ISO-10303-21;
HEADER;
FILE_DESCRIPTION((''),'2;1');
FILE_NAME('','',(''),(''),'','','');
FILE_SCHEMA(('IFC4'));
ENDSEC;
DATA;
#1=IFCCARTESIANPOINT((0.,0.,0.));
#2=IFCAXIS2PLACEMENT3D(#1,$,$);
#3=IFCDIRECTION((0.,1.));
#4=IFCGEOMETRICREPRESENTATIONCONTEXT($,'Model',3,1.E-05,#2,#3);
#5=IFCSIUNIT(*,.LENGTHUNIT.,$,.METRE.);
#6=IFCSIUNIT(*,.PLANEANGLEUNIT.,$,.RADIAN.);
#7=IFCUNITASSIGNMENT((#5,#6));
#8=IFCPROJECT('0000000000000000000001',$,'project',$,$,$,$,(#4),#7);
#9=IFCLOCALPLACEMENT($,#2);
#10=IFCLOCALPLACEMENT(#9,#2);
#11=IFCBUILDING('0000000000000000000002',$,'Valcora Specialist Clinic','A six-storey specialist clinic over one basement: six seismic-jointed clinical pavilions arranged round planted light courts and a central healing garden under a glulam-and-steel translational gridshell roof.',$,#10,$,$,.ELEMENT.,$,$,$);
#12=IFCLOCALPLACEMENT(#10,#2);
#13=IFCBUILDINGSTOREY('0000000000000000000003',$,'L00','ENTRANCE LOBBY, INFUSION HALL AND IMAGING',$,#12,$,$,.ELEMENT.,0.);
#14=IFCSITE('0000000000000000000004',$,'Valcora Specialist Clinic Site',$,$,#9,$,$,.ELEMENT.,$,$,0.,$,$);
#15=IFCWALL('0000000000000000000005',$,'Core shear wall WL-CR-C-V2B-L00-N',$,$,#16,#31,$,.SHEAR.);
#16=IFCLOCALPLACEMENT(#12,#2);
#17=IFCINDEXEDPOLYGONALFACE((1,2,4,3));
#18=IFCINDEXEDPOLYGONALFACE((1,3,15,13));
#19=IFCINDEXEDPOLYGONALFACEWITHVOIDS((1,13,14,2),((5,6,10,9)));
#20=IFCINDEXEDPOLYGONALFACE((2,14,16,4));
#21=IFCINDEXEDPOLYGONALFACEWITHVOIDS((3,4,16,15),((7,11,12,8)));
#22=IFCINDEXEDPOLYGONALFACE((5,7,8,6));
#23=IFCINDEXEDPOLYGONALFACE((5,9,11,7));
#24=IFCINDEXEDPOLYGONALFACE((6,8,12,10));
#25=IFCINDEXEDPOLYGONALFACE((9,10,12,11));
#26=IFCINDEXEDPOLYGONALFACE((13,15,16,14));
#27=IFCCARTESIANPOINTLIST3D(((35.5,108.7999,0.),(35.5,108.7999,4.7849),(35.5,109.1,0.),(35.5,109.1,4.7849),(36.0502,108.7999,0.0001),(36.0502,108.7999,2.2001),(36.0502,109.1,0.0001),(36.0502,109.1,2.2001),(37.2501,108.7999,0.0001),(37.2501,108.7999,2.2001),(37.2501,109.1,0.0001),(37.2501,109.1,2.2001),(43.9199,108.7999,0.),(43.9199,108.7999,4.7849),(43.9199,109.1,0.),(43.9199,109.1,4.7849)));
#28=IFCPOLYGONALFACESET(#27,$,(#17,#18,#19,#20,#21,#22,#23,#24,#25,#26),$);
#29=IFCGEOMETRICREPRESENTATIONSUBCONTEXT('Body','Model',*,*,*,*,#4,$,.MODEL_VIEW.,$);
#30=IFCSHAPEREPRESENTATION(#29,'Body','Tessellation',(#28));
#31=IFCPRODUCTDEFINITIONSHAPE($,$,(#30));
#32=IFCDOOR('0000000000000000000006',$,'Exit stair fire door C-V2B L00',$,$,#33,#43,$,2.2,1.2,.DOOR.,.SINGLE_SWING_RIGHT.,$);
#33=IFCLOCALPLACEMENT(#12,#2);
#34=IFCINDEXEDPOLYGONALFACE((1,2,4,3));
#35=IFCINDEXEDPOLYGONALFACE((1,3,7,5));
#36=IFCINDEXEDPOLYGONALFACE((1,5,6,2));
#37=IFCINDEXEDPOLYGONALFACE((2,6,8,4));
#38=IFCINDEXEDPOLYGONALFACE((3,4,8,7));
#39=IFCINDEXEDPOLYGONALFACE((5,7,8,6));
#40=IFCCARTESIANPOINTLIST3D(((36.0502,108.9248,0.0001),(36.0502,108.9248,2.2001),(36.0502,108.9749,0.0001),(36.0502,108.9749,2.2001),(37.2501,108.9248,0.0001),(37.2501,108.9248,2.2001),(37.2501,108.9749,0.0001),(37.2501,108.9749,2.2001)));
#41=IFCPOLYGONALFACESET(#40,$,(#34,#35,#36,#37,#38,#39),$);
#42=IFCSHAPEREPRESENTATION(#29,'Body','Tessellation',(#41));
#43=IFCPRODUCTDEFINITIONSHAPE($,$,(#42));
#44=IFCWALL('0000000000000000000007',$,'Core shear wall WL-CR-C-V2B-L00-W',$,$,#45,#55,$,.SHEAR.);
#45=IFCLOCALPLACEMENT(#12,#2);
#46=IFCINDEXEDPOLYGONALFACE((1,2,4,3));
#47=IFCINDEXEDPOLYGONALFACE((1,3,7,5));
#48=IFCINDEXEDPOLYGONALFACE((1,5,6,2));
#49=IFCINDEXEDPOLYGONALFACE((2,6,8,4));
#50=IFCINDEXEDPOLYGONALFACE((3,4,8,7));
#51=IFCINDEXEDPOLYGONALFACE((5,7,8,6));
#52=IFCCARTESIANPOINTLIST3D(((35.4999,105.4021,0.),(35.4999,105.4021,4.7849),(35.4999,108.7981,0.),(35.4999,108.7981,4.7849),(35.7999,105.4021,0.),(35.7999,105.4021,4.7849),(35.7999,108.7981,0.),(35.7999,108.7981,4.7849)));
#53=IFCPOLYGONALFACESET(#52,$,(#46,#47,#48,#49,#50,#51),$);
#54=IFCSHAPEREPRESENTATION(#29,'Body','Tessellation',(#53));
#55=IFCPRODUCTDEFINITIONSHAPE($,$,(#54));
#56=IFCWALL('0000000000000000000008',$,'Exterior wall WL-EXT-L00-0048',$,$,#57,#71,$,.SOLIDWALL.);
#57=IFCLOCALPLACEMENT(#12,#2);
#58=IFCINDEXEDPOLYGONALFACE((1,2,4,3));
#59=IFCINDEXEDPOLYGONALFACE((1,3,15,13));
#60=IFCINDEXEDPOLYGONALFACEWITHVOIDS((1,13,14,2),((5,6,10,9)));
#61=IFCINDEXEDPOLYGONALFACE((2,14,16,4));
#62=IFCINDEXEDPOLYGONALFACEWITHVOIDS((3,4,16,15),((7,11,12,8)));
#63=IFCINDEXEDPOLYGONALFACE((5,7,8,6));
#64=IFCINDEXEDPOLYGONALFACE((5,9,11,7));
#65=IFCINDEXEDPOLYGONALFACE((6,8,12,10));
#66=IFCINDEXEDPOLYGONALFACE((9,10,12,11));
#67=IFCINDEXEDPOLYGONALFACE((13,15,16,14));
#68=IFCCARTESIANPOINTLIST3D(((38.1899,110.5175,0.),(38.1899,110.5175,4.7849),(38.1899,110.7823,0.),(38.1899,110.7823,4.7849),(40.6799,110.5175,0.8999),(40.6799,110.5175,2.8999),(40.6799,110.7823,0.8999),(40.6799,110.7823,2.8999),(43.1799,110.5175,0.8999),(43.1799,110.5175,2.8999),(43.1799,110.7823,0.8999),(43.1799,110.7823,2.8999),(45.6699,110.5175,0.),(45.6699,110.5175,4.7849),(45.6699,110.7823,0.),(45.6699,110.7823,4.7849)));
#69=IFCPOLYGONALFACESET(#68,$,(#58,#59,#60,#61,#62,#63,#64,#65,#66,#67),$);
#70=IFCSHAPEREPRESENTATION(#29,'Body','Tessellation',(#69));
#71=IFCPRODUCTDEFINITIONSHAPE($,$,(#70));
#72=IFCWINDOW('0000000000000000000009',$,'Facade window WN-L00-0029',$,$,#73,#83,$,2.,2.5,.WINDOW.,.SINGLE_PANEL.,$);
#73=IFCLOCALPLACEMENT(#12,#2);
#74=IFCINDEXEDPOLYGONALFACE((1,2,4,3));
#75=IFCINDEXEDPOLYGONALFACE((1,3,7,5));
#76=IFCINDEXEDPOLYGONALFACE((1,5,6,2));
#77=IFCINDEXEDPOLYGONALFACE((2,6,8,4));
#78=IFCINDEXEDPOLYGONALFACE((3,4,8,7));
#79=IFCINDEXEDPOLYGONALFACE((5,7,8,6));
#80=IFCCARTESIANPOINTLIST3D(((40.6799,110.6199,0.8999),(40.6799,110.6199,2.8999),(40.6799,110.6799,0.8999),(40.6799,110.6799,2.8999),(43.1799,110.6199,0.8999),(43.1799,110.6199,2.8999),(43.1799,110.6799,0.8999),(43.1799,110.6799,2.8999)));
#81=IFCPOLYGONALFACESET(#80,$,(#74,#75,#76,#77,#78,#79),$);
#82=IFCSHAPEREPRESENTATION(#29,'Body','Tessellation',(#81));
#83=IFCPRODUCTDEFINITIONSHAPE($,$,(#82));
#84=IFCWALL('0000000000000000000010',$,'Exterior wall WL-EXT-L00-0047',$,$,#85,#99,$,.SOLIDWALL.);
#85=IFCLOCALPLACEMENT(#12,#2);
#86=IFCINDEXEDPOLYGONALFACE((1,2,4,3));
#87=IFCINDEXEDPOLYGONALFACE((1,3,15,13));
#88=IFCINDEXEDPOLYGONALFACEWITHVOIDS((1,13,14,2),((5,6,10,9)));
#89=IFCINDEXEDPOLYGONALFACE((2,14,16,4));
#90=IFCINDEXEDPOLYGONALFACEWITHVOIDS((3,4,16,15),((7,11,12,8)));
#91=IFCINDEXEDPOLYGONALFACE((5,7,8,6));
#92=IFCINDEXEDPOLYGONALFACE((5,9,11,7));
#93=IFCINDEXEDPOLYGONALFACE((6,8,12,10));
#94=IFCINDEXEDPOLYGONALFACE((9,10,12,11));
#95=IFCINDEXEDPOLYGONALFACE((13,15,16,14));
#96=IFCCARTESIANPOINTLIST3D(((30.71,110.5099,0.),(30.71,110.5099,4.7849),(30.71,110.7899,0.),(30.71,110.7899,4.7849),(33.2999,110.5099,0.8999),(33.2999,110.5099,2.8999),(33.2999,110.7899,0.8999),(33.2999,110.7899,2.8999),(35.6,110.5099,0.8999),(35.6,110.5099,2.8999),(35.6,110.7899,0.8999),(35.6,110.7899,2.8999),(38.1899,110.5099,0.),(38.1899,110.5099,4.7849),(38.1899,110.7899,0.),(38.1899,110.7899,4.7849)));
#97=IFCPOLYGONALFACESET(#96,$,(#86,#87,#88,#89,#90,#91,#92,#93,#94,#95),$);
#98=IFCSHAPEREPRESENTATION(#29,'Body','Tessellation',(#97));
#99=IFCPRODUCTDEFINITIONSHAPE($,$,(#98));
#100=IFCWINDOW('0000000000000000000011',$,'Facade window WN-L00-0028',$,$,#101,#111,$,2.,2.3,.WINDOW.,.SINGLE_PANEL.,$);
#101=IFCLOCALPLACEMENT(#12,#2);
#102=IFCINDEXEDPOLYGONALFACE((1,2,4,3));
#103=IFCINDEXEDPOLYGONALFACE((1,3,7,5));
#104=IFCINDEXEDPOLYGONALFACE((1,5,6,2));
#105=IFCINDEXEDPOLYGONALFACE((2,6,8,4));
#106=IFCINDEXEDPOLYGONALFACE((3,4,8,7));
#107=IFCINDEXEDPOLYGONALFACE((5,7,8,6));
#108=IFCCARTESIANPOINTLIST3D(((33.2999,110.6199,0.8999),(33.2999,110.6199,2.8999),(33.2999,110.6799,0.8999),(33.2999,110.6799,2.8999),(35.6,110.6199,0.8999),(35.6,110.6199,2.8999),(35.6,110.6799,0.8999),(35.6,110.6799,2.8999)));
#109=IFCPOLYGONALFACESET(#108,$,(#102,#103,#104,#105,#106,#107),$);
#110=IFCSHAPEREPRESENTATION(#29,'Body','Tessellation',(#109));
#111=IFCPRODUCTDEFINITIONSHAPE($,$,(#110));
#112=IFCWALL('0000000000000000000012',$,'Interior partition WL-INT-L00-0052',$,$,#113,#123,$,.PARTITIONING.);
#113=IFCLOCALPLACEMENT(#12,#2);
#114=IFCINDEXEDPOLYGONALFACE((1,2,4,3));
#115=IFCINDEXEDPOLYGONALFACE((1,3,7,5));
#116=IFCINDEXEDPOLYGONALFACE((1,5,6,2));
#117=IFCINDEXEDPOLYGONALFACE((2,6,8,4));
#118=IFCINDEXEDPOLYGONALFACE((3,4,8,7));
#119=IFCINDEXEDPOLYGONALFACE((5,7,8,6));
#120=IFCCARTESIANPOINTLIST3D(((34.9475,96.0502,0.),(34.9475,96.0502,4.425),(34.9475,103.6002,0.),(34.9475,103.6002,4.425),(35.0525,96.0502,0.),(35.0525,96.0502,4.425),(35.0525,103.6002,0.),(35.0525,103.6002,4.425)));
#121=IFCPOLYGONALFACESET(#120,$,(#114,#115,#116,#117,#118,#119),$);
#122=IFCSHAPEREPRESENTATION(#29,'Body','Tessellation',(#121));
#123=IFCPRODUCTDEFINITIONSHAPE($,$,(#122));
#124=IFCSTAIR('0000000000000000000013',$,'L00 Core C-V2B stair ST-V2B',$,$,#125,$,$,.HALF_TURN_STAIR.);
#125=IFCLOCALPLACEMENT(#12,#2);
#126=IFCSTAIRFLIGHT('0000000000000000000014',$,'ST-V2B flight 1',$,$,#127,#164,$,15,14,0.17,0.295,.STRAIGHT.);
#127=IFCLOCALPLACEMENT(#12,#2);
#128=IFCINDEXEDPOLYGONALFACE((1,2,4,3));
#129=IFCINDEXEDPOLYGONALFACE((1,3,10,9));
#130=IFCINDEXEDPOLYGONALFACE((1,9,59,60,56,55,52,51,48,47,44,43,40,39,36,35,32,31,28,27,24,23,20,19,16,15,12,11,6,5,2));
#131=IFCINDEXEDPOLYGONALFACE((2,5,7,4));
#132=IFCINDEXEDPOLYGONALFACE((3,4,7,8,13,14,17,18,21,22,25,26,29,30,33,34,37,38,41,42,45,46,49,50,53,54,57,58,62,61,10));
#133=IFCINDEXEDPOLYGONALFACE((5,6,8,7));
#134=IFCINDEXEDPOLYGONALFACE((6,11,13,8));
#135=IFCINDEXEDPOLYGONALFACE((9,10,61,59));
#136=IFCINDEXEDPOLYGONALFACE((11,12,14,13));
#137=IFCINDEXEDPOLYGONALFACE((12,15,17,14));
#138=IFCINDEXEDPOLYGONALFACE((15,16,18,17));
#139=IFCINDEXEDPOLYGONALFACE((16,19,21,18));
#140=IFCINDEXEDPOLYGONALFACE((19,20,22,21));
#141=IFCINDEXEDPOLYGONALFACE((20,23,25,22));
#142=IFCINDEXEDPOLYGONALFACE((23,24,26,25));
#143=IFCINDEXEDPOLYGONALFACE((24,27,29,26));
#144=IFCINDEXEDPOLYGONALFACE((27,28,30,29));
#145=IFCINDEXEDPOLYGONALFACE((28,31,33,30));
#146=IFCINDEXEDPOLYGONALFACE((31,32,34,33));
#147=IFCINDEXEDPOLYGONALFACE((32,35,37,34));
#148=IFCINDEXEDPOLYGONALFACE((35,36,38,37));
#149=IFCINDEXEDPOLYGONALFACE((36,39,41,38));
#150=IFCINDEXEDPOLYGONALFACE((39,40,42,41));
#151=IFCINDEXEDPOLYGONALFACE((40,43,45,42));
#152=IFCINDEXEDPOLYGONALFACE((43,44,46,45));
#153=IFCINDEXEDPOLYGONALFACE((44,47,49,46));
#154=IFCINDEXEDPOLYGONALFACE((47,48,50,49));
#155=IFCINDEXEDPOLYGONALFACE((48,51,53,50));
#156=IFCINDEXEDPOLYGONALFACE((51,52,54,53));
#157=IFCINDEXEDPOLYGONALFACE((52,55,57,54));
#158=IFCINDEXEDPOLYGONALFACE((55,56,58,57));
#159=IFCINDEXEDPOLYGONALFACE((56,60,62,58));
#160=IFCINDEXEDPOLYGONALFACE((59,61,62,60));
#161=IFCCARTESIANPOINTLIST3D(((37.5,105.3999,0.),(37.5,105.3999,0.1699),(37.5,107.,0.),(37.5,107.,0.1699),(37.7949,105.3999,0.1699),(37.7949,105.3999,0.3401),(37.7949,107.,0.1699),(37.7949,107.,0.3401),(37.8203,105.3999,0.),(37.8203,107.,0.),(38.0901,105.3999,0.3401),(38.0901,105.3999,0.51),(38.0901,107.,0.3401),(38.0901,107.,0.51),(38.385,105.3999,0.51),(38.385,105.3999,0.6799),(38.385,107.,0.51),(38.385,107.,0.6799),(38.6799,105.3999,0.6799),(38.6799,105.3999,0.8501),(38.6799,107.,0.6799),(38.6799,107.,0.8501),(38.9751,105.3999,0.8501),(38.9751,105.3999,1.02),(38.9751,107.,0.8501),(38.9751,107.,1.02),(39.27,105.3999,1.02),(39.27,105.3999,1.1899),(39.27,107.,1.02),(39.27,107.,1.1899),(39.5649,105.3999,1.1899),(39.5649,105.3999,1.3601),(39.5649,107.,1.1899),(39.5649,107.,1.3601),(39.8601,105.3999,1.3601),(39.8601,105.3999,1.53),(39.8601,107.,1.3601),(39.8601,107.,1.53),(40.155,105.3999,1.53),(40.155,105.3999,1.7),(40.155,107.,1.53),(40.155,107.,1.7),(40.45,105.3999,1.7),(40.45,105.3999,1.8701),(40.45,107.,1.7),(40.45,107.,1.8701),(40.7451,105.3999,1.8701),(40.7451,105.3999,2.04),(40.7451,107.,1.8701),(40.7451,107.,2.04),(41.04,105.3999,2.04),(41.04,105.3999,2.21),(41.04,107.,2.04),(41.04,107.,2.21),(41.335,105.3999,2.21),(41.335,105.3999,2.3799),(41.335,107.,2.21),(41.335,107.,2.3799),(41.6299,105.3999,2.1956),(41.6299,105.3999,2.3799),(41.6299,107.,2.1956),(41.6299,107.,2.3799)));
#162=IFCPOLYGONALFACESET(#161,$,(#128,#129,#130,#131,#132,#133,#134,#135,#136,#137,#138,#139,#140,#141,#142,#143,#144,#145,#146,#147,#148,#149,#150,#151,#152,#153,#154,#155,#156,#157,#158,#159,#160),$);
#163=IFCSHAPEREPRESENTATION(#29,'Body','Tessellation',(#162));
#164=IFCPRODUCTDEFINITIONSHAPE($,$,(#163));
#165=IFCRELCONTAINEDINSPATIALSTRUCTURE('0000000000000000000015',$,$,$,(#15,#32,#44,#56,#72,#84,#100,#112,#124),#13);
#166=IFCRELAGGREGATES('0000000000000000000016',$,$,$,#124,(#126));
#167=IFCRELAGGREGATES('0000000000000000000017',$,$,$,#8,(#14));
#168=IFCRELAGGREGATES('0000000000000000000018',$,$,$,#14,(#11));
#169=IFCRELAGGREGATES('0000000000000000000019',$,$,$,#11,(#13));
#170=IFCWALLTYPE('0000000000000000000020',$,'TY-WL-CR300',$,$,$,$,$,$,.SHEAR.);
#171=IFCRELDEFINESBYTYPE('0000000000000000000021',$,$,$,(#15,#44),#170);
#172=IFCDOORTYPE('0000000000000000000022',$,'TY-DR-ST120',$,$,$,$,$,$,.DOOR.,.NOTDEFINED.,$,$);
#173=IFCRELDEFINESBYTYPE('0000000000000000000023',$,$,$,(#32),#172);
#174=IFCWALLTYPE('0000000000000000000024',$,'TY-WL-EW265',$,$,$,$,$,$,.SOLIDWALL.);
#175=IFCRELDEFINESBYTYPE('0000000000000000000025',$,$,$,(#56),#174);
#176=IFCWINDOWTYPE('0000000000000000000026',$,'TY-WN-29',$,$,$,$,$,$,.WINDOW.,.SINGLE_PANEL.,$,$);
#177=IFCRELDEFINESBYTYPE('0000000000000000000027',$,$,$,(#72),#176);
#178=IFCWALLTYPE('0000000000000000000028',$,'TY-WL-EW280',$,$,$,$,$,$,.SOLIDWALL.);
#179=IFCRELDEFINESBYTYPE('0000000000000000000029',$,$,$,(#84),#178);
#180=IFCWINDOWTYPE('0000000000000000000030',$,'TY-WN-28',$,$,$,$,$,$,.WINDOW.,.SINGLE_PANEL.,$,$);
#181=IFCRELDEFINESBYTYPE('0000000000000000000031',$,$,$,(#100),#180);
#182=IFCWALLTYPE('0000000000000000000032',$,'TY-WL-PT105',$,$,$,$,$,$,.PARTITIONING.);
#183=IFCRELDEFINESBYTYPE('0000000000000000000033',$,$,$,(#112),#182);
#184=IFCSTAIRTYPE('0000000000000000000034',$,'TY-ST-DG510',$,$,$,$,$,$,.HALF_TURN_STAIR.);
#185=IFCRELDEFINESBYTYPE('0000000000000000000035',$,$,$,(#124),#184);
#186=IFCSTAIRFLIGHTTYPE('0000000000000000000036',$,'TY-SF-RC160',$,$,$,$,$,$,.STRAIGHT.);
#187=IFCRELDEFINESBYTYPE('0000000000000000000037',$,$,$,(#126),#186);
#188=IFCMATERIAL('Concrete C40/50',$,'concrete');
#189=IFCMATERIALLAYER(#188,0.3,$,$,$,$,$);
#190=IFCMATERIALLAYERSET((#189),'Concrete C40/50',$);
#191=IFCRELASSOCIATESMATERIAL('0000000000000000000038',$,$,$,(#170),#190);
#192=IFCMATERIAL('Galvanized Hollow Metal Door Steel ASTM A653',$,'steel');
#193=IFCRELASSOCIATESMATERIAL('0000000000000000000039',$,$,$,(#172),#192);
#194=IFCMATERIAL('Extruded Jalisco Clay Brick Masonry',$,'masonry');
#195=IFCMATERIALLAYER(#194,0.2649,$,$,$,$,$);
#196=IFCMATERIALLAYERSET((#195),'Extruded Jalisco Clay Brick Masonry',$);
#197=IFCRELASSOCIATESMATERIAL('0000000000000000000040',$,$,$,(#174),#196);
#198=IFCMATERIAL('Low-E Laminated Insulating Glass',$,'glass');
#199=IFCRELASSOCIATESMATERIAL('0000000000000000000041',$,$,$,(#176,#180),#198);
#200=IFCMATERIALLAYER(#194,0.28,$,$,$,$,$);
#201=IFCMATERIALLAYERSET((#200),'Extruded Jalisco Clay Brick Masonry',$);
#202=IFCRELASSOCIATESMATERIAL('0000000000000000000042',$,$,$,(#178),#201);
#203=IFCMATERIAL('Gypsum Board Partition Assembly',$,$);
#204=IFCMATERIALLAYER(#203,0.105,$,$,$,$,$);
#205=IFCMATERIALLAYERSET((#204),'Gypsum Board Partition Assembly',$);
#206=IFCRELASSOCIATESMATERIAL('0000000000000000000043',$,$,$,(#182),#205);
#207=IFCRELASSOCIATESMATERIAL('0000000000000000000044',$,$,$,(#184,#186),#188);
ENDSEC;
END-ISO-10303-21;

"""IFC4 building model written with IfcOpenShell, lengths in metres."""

from ifc_helpers import new_model, si_unit, direction, frame, frame_2d, origin, place, context, subcontext, project, spatial, polyline, rectangle, outline, extrude, material, layer, layer_set, type_object, element, fill, aggregate, save


model = new_model("IFC4")

# Units and contexts
model_context = context("Model", 3, precision=1e-05, world=origin(), true_north=direction((0.0, 1.0)))
body_context = subcontext(model_context, "Body", "Model", "MODEL_VIEW")
ifc_project = project(units=[si_unit("LENGTHUNIT", "METRE"), si_unit("PLANEANGLEUNIT", "RADIAN")], contexts=[model_context])

# Site, building, storey
site_placement = place(None, origin())
site = spatial("IfcSite", under=ifc_project, at=site_placement, Name="Valcora Specialist Clinic Site", CompositionType="ELEMENT", RefElevation=0.0)
building_placement = place(site_placement, origin())
building = spatial("IfcBuilding", under=site, at=building_placement, Name="Valcora Specialist Clinic", Description="A six-storey specialist clinic over one basement: six seismic-jointed clinical pavilions arranged round planted light courts and a central healing garden under a glulam-and-steel translational gridshell roof.", CompositionType="ELEMENT")
storey_placement = place(building_placement, origin())
storey = spatial("IfcBuildingStorey", under=building, at=storey_placement, Name="L00", Description="ENTRANCE LOBBY, INFUSION HALL AND IMAGING", CompositionType="ELEMENT", Elevation=0.0)

# Shared definitions
ifc_material_1 = material(Name="Concrete C40/50", Category="concrete")

# Shared definitions
ifc_layer_1 = layer(ifc_material_1, 0.3)
ifc_layer_set_1 = layer_set([ifc_layer_1], Name="Concrete C40/50")
wall_type_1 = type_object("IfcWallType", Name="TY-WL-CR300", PredefinedType="SHEAR", material=ifc_layer_set_1)

# Wall, opening, door
wall_1_placement = place(storey_placement, frame((35.5, 108.95, 0.0), z_axis=(0.0, 0.0, 1.0), x_axis=(1.0, 0.0, 0.0)))
wall_1 = element("IfcWall", 1, at=wall_1_placement, inside=storey, type_object=wall_type_1, Name="Core shear wall WL-CR-C-V2B-L00-N", PredefinedType="SHEAR", context=body_context, shape_type="SweptSolid", body=[
    extrude(rectangle(XDim=8.4199, YDim=0.3, at=frame_2d((4.21, 0.0))), origin(), (0.0, 0.0, 1.0), 4.7849),
])
opening_1_placement = place(wall_1_placement, frame((0.55, 0.0, 0.0)))
opening_1 = element("IfcOpeningElement", 2, at=opening_1_placement, cuts=wall_1, PredefinedType="OPENING", context=body_context, shape_type="SweptSolid", body=[
    extrude(rectangle(XDim=1.2, YDim=2.2, at=frame_2d((0.6001, 1.1001))), frame((0.0, 0.1599, 0.0), z_axis=(0.0, -1.0, 0.0), x_axis=(1.0, 0.0, 0.0)), (0.0, 0.0, 1.0), 0.3201),
])
ifc_material_2 = material(Name="Galvanized Hollow Metal Door Steel ASTM A653", Category="steel")
door_type = type_object("IfcDoorType", Name="TY-DR-ST120", OperationType="NOTDEFINED", PredefinedType="DOOR", material=ifc_material_2)
door_placement = place(opening_1_placement, origin())
door = element("IfcDoor", 3, at=door_placement, inside=storey, type_object=door_type, Name="Exit stair fire door C-V2B L00", OperationType="SINGLE_SWING_RIGHT", OverallHeight=2.2, OverallWidth=1.2, PredefinedType="DOOR", context=body_context, shape_type="SweptSolid", body=[
    extrude(rectangle(XDim=1.2, YDim=2.2, at=frame_2d((0.6001, 1.1001))), frame((0.0, 0.0249, 0.0), z_axis=(0.0, -1.0, 0.0), x_axis=(1.0, 0.0, 0.0)), (0.0, 0.0, 1.0), 0.05),
])
fill(opening_1, door)

# Wall
wall_2_placement = place(storey_placement, frame((35.6499, 105.4021, 0.0), z_axis=(0.0, 0.0, 1.0), x_axis=(0.0, 1.0, 0.0)))
element("IfcWall", 4, at=wall_2_placement, inside=storey, type_object=wall_type_1, Name="Core shear wall WL-CR-C-V2B-L00-W", PredefinedType="SHEAR", context=body_context, shape_type="SweptSolid", body=[
    extrude(rectangle(XDim=3.396, YDim=0.3, at=frame_2d((1.698, 0.0))), origin(), (0.0, 0.0, 1.0), 4.7849),
])

# Walls, openings, windows
ifc_material_3 = material(Name="Extruded Jalisco Clay Brick Masonry", Category="masonry")
ifc_layer_2 = layer(ifc_material_3, 0.2649)
ifc_layer_set_2 = layer_set([ifc_layer_2], Name="Extruded Jalisco Clay Brick Masonry")
wall_type_2 = type_object("IfcWallType", Name="TY-WL-EW265", PredefinedType="SOLIDWALL", material=ifc_layer_set_2)
wall_3_placement = place(storey_placement, frame((38.1899, 110.6499, 0.0), z_axis=(0.0, 0.0, 1.0), x_axis=(1.0, 0.0, 0.0)))
wall_3 = element("IfcWall", 5, at=wall_3_placement, inside=storey, type_object=wall_type_2, Name="Exterior wall WL-EXT-L00-0048", PredefinedType="SOLIDWALL", context=body_context, shape_type="SweptSolid", body=[
    extrude(rectangle(XDim=7.48, YDim=0.2649, at=frame_2d((3.74, 0.0))), origin(), (0.0, 0.0, 1.0), 4.7849),
])
opening_2_placement = place(wall_3_placement, frame((2.49, 0.0, 0.8999)))
opening_2 = element("IfcOpeningElement", 6, at=opening_2_placement, cuts=wall_3, PredefinedType="OPENING", context=body_context, shape_type="SweptSolid", body=[
    extrude(rectangle(XDim=2.5, YDim=2.0, at=frame_2d((1.25, 1.0))), frame((0.0, 0.1423, 0.0), z_axis=(0.0, -1.0, 0.0), x_axis=(1.0, 0.0, 0.0)), (0.0, 0.0, 1.0), 0.2849),
])
ifc_material_4 = material(Name="Low-E Laminated Insulating Glass", Category="glass")
window_type_1 = type_object("IfcWindowType", Name="TY-WN-29", PartitioningType="SINGLE_PANEL", PredefinedType="WINDOW", material=ifc_material_4)
window_1_placement = place(opening_2_placement, origin())
window_1 = element("IfcWindow", 7, at=window_1_placement, inside=storey, type_object=window_type_1, Name="Facade window WN-L00-0029", OverallHeight=2.0, OverallWidth=2.5, PartitioningType="SINGLE_PANEL", PredefinedType="WINDOW", context=body_context, shape_type="SweptSolid", body=[
    extrude(rectangle(XDim=2.5, YDim=2.0, at=frame_2d((1.25, 1.0))), frame((0.0, 0.03, 0.0), z_axis=(0.0, -1.0, 0.0), x_axis=(1.0, 0.0, 0.0)), (0.0, 0.0, 1.0), 0.0601),
])
fill(opening_2, window_1)
ifc_layer_3 = layer(ifc_material_3, 0.28)
ifc_layer_set_3 = layer_set([ifc_layer_3], Name="Extruded Jalisco Clay Brick Masonry")
wall_type_3 = type_object("IfcWallType", Name="TY-WL-EW280", PredefinedType="SOLIDWALL", material=ifc_layer_set_3)
wall_4_placement = place(storey_placement, frame((30.71, 110.6499, 0.0), z_axis=(0.0, 0.0, 1.0), x_axis=(1.0, 0.0, 0.0)))
wall_4 = element("IfcWall", 8, at=wall_4_placement, inside=storey, type_object=wall_type_3, Name="Exterior wall WL-EXT-L00-0047", PredefinedType="SOLIDWALL", context=body_context, shape_type="SweptSolid", body=[
    extrude(rectangle(XDim=7.48, YDim=0.28, at=frame_2d((3.74, 0.0))), origin(), (0.0, 0.0, 1.0), 4.7849),
])
opening_3_placement = place(wall_4_placement, frame((2.5901, 0.0, 0.8999)))
opening_3 = element("IfcOpeningElement", 9, at=opening_3_placement, cuts=wall_4, PredefinedType="OPENING", context=body_context, shape_type="SweptSolid", body=[
    extrude(rectangle(XDim=2.3, YDim=2.0, at=frame_2d((1.1499, 1.0))), frame((0.0, 0.1499, 0.0), z_axis=(0.0, -1.0, 0.0), x_axis=(1.0, 0.0, 0.0)), (0.0, 0.0, 1.0), 0.3),
])
window_type_2 = type_object("IfcWindowType", Name="TY-WN-28", PartitioningType="SINGLE_PANEL", PredefinedType="WINDOW", material=ifc_material_4)
window_2_placement = place(opening_3_placement, origin())
window_2 = element("IfcWindow", 10, at=window_2_placement, inside=storey, type_object=window_type_2, Name="Facade window WN-L00-0028", OverallHeight=2.0, OverallWidth=2.3, PartitioningType="SINGLE_PANEL", PredefinedType="WINDOW", context=body_context, shape_type="SweptSolid", body=[
    extrude(rectangle(XDim=2.3, YDim=2.0, at=frame_2d((1.1499, 1.0))), frame((0.0, 0.03, 0.0), z_axis=(0.0, -1.0, 0.0), x_axis=(1.0, 0.0, 0.0)), (0.0, 0.0, 1.0), 0.0601),
])
fill(opening_3, window_2)

# Wall
ifc_material_5 = material(Name="Gypsum Board Partition Assembly")
ifc_layer_4 = layer(ifc_material_5, 0.105)
ifc_layer_set_4 = layer_set([ifc_layer_4], Name="Gypsum Board Partition Assembly")
wall_type_4 = type_object("IfcWallType", Name="TY-WL-PT105", PredefinedType="PARTITIONING", material=ifc_layer_set_4)
wall_5_placement = place(storey_placement, frame((35.0, 103.6001, 0.0), z_axis=(0.0, 0.0, 1.0), x_axis=(0.0, -1.0, 0.0)))
element("IfcWall", 11, at=wall_5_placement, inside=storey, type_object=wall_type_4, Name="Interior partition WL-INT-L00-0052", PredefinedType="PARTITIONING", context=body_context, shape_type="SweptSolid", body=[
    extrude(rectangle(XDim=7.55, YDim=0.105, at=frame_2d((3.7749, 0.0))), origin(), (0.0, 0.0, 1.0), 4.425),
])

# Stair, stair flight
stair_type = type_object("IfcStairType", Name="TY-ST-DG510", PredefinedType="HALF_TURN_STAIR", material=ifc_material_1)
stair_placement = place(storey_placement, origin())
stair = element("IfcStair", 12, at=stair_placement, inside=storey, type_object=stair_type, Name="L00 Core C-V2B stair ST-V2B", PredefinedType="HALF_TURN_STAIR")
stair_flight_type = type_object("IfcStairFlightType", Name="TY-SF-RC160", PredefinedType="STRAIGHT", material=ifc_material_1)
stair_flight_1_placement = place(storey_placement, frame((37.5, 106.2, 0.0), z_axis=(0.0, 0.0, 1.0), x_axis=(1.0, 0.0, 0.0)))
stair_flight_1 = element("IfcStairFlight", 13, at=stair_flight_1_placement, type_object=stair_flight_type, Name="ST-V2B flight 1", NumberOfRisers=15, NumberOfTreads=14, PredefinedType="STRAIGHT", RiserHeight=0.17, TreadLength=0.295, context=body_context, shape_type="SweptSolid", body=[
    extrude(outline(polyline([(0.0, 0.0), (0.0, 0.1699), (0.2949, 0.1699), (0.2949, 0.3401), (0.5901, 0.3401), (0.5901, 0.51), (0.885, 0.51), (0.885, 0.6799), (1.1799, 0.6799), (1.1799, 0.8501), (1.4751, 0.8501), (1.4751, 1.02), (1.77, 1.02), (1.77, 1.1899), (2.0649, 1.1899), (2.0649, 1.3601), (2.3601, 1.3601), (2.3601, 1.53), (2.655, 1.53), (2.655, 1.7), (2.95, 1.7), (2.95, 1.8701), (3.2451, 1.8701), (3.2451, 2.04), (3.54, 2.04), (3.54, 2.21), (3.835, 2.21), (3.835, 2.3799), (4.1299, 2.3799), (4.1299, 2.55), (4.1299, 2.1956), (0.3203, 0.0), (0.0, 0.0)])), frame((0.0, 0.8, 0.0), z_axis=(0.0, -1.0, 0.0), x_axis=(1.0, 0.0, 0.0)), (0.0, 0.0, 1.0), 1.6001),
])
aggregate(stair, [stair_flight_1])

save(model, "model.ifc")
